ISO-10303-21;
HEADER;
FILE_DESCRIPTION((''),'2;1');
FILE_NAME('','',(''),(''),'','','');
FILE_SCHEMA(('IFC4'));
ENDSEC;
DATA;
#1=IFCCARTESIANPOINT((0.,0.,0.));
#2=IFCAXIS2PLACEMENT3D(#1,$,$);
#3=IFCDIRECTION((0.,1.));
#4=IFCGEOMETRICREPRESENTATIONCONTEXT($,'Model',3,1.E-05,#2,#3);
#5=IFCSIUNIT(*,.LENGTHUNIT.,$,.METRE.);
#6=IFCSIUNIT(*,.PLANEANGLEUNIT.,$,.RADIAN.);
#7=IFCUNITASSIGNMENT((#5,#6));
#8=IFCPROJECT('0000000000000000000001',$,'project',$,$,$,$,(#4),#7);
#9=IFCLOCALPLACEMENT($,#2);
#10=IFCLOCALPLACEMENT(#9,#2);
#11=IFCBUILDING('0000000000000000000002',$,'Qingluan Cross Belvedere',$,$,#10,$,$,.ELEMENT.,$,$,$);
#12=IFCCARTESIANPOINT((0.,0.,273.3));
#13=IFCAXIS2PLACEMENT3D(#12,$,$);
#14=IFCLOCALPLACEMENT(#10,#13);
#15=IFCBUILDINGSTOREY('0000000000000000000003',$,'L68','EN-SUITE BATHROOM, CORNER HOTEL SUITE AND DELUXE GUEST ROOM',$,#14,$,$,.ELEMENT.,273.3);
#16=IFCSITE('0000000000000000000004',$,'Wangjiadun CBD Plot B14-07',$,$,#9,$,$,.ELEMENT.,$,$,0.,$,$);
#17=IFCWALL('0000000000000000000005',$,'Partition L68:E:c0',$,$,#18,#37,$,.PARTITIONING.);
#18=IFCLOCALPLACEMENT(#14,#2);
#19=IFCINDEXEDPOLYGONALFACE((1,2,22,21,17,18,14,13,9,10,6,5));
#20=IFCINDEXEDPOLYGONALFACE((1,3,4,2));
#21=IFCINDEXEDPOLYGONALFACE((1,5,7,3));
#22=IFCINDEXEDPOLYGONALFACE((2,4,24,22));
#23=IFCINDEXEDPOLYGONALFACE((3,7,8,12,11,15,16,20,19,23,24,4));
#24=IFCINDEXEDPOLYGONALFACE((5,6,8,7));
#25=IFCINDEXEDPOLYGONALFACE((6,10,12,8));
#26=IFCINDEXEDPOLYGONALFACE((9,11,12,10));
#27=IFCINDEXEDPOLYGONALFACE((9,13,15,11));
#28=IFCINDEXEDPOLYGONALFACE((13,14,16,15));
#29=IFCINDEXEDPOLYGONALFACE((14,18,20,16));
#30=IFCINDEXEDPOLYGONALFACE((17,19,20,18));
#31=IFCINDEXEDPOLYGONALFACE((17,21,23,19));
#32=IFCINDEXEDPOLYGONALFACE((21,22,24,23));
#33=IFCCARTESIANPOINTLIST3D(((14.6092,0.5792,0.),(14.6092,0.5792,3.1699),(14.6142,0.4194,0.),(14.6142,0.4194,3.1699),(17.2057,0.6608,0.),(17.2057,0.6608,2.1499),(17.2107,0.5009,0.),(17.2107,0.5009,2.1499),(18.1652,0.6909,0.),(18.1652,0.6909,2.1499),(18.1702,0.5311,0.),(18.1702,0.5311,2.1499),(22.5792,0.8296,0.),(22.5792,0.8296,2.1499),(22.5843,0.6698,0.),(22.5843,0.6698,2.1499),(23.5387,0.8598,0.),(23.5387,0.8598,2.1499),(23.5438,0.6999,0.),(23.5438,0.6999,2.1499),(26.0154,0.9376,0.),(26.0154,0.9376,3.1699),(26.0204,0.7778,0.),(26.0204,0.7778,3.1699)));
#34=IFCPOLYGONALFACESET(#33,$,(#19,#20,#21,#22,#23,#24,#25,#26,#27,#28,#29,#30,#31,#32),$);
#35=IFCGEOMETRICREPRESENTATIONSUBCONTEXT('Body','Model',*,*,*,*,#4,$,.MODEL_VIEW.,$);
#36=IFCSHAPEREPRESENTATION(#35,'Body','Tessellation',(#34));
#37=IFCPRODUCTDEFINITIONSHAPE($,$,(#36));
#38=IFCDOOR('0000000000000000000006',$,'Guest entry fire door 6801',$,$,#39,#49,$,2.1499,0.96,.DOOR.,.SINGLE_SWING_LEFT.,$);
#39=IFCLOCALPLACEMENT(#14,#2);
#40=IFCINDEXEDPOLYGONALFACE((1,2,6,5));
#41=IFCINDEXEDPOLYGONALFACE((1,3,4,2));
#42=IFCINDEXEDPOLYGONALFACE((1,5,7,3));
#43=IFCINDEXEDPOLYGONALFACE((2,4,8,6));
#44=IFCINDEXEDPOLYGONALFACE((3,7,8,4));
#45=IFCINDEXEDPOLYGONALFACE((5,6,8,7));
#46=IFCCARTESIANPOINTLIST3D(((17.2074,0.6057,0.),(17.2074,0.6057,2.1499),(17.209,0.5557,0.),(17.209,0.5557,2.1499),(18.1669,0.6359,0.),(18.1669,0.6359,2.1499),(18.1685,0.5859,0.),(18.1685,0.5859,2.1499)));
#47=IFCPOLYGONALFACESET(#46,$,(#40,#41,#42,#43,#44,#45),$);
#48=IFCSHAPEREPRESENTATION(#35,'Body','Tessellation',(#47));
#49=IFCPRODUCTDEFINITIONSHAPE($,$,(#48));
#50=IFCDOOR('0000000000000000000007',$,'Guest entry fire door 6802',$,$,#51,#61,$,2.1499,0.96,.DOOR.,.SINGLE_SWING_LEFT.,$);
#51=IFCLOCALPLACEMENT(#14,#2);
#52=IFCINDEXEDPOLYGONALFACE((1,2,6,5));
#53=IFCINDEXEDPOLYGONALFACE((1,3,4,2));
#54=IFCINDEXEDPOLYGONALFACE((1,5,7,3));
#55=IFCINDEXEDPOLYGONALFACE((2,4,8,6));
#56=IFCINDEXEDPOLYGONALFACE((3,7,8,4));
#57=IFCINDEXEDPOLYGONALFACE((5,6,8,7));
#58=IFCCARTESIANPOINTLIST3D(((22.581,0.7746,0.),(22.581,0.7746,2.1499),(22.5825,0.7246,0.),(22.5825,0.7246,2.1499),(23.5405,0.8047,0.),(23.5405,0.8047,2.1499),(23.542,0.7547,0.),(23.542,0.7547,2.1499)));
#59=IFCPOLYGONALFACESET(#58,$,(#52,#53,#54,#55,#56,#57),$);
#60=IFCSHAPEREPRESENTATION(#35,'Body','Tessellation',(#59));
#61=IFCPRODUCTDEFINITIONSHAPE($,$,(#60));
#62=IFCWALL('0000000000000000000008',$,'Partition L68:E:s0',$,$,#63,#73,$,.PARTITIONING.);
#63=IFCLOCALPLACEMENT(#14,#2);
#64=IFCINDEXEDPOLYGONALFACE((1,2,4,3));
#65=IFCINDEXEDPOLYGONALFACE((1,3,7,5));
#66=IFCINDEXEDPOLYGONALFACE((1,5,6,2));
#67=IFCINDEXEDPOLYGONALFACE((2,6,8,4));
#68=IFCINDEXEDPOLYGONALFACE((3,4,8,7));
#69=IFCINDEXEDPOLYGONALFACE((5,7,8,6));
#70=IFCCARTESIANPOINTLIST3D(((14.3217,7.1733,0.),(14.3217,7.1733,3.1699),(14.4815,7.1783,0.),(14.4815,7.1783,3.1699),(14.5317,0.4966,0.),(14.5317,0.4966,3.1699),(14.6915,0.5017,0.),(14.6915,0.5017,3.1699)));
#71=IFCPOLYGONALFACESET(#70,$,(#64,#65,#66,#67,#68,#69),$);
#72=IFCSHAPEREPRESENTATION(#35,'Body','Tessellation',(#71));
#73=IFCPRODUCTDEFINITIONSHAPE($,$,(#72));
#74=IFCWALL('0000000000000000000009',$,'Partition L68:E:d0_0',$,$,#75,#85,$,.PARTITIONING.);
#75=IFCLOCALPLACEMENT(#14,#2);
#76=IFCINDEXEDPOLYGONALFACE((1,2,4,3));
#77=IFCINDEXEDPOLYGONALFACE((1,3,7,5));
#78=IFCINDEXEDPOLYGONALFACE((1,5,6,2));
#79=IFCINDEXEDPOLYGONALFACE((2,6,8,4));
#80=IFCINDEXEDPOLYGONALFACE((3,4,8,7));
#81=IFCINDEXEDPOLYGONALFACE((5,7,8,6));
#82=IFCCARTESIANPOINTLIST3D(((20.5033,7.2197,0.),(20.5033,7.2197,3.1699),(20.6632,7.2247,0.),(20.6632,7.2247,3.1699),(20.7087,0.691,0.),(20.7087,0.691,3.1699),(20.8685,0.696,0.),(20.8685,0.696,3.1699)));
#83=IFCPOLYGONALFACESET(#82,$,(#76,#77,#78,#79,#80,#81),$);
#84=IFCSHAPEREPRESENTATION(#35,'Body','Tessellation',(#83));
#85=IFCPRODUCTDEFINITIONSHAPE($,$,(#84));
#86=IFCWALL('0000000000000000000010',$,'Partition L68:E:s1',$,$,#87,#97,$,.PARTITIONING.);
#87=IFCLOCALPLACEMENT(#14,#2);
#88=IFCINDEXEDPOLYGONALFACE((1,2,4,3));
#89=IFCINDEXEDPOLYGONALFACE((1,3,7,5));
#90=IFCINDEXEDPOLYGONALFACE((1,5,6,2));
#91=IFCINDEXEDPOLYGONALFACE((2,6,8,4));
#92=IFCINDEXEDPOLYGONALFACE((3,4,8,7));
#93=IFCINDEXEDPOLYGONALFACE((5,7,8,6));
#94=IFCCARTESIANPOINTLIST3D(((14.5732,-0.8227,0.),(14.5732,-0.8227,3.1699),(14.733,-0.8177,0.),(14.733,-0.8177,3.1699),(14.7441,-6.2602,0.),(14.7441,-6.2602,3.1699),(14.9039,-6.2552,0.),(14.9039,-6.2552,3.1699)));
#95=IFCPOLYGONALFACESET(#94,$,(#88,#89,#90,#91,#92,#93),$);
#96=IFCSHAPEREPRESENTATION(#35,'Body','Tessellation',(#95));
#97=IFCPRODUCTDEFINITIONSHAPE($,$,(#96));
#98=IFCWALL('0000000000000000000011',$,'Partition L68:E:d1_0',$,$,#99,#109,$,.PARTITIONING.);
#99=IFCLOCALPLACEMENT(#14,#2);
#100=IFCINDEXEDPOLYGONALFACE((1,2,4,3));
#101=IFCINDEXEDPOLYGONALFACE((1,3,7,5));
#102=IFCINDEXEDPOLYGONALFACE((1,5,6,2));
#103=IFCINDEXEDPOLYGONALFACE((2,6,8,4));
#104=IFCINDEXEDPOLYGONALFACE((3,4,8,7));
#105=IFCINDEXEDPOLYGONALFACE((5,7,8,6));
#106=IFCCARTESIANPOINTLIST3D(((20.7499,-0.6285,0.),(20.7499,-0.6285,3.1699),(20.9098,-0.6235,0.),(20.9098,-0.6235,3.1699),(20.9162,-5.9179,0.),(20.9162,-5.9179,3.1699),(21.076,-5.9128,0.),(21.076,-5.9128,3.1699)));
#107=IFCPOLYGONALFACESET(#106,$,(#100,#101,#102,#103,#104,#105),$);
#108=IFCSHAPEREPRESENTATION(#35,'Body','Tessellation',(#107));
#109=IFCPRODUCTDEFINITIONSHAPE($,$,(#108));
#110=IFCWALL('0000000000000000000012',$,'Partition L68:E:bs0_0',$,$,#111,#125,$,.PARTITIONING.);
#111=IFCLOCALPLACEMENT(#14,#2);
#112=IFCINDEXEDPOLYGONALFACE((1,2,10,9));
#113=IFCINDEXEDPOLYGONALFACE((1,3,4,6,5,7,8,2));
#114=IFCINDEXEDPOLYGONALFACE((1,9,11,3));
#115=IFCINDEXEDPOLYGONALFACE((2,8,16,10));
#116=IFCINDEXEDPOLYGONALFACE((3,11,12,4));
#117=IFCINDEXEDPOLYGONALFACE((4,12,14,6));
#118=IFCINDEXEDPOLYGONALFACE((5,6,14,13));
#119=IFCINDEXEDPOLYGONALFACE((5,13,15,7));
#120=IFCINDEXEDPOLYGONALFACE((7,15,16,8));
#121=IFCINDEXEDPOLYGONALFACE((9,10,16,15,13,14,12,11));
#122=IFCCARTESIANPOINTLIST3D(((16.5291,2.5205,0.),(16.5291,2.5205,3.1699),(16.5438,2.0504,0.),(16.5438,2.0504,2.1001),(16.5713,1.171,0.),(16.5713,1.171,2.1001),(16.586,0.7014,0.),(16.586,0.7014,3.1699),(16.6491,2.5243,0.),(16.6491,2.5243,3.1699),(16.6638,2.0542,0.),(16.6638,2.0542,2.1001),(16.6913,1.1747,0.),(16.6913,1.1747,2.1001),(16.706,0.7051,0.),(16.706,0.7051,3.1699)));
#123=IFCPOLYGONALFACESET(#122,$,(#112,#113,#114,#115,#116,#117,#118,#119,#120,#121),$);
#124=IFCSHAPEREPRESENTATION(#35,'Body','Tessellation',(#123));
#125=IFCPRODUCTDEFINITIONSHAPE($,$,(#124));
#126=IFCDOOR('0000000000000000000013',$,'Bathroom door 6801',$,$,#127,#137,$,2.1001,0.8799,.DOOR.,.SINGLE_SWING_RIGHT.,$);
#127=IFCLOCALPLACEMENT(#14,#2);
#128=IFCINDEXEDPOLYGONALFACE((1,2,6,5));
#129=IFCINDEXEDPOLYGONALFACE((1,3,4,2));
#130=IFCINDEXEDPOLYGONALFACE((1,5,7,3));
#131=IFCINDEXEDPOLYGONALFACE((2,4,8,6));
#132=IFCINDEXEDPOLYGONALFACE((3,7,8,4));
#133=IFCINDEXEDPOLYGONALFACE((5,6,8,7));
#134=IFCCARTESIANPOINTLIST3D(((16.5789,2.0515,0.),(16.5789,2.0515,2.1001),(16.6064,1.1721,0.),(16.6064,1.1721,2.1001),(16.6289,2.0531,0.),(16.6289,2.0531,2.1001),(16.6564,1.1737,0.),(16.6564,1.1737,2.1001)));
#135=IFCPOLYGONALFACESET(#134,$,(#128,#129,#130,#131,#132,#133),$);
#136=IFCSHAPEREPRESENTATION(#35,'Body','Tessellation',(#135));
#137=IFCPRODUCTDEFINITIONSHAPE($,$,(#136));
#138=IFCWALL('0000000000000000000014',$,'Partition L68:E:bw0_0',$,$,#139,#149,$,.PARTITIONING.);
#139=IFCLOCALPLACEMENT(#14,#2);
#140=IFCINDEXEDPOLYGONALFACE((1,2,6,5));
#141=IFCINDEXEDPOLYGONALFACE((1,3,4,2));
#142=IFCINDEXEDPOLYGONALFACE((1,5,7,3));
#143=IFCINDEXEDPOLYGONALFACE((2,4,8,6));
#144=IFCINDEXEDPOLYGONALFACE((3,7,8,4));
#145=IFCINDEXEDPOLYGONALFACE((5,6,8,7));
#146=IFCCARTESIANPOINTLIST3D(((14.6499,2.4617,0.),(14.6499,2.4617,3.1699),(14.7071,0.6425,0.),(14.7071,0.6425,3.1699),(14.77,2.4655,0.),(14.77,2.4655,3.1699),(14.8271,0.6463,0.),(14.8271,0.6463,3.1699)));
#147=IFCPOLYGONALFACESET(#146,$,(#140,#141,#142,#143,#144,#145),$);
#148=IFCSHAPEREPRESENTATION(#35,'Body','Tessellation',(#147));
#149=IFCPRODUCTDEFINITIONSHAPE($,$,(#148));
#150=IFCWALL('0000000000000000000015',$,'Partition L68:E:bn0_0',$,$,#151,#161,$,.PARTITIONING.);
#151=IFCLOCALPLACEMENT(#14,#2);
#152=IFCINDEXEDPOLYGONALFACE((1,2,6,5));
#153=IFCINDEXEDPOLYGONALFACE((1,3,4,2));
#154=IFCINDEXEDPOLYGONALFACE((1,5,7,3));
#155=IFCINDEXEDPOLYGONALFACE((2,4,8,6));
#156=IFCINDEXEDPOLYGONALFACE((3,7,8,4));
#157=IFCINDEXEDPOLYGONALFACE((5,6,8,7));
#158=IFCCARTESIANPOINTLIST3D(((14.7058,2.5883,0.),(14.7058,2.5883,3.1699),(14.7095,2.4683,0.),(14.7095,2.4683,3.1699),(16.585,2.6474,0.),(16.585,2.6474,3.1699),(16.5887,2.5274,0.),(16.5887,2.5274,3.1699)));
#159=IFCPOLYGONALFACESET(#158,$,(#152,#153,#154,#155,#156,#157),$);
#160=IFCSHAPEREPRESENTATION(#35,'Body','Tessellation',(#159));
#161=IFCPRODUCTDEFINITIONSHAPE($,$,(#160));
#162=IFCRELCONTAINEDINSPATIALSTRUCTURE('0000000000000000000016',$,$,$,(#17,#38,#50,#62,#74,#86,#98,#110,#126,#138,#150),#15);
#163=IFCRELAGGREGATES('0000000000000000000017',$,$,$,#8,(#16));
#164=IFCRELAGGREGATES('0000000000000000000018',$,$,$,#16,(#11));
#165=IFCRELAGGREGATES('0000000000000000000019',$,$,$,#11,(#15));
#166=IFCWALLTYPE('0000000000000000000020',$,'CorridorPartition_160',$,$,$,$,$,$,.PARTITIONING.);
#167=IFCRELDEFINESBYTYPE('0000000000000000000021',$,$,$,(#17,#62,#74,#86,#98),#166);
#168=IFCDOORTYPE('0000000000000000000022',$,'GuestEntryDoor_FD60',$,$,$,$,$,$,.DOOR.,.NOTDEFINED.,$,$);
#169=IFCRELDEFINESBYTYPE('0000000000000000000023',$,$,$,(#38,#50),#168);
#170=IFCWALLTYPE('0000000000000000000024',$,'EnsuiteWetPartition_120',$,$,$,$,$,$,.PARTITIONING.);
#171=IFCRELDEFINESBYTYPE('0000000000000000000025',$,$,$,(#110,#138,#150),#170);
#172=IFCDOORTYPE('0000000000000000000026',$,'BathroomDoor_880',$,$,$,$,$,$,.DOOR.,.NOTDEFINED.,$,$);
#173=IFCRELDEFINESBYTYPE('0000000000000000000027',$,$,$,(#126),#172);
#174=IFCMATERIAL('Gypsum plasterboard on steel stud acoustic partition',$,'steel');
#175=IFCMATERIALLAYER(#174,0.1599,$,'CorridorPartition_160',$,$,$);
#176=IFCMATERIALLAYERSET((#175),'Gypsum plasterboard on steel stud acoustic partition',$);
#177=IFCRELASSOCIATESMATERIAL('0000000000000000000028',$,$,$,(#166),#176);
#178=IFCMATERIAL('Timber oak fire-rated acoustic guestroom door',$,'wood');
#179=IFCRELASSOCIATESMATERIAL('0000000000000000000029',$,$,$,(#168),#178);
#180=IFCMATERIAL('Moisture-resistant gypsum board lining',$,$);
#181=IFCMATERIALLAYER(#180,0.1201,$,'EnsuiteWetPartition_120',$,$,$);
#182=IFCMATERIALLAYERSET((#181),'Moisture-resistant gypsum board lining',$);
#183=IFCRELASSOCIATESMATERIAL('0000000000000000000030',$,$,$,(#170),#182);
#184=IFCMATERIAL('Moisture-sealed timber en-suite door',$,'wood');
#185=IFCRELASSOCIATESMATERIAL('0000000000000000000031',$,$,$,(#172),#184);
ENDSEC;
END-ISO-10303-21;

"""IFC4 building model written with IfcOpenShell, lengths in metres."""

from ifc_helpers import new_model, si_unit, direction, frame, frame_2d, origin, place, context, subcontext, project, spatial, rectangle, extrude, material, layer, layer_set, type_object, element, fill, save


model = new_model("IFC4")

# Units and contexts
model_context = context("Model", 3, precision=1e-05, world=origin(), true_north=direction((0.0, 1.0)))
body_context = subcontext(model_context, "Body", "Model", "MODEL_VIEW")
ifc_project = project(units=[si_unit("LENGTHUNIT", "METRE"), si_unit("PLANEANGLEUNIT", "RADIAN")], contexts=[model_context])

# Site, building, storey
site_placement = place(None, origin())
site = spatial("IfcSite", under=ifc_project, at=site_placement, Name="Wangjiadun CBD Plot B14-07", CompositionType="ELEMENT", RefElevation=0.0)
building_placement = place(site_placement, origin())
building = spatial("IfcBuilding", under=site, at=building_placement, Name="Qingluan Cross Belvedere", CompositionType="ELEMENT")
storey_placement = place(building_placement, frame((0.0, 0.0, 273.3)))
storey = spatial("IfcBuildingStorey", under=building, at=storey_placement, Name="L68", Description="EN-SUITE BATHROOM, CORNER HOTEL SUITE AND DELUXE GUEST ROOM", CompositionType="ELEMENT", Elevation=273.3)

# Shared definitions
ifc_material_1 = material(Name="Gypsum plasterboard on steel stud acoustic partition", Category="steel")
ifc_layer_1 = layer(ifc_material_1, 0.1599, Name="CorridorPartition_160")
ifc_layer_set_1 = layer_set([ifc_layer_1], Name="Gypsum plasterboard on steel stud acoustic partition")
wall_type_1 = type_object("IfcWallType", Name="CorridorPartition_160", PredefinedType="PARTITIONING", material=ifc_layer_set_1)

# Wall, openings, doors
wall_1_placement = place(storey_placement, frame((14.6116, 0.4993, 0.0), z_axis=(0.0, 0.0, 1.0), x_axis=(0.999507, 0.031406, 0.0)))
wall_1 = element("IfcWall", 1, at=wall_1_placement, inside=storey, type_object=wall_type_1, Name="Partition L68:E:c0", PredefinedType="PARTITIONING", context=body_context, shape_type="SweptSolid", body=[
    extrude(rectangle(XDim=11.4119, YDim=0.1599, at=frame_2d((5.7061, 0.0))), origin(), (0.0, 0.0, 1.0), 3.1699),
])
opening_1_placement = place(wall_1_placement, frame((2.5979, 0.0, 0.0)))
opening_1 = element("IfcOpeningElement", 2, at=opening_1_placement, cuts=wall_1, PredefinedType="OPENING", context=body_context, shape_type="SweptSolid", body=[
    extrude(rectangle(XDim=0.96, YDim=2.1499, at=frame_2d((0.48, 1.075))), frame((0.0, 0.0898, 0.0), z_axis=(0.0, -1.0, 0.0), x_axis=(1.0, 0.0, 0.0)), (0.0, 0.0, 1.0), 0.1799),
])
opening_2_placement = place(wall_1_placement, frame((7.9741, 0.0, 0.0)))
opening_2 = element("IfcOpeningElement", 3, at=opening_2_placement, cuts=wall_1, PredefinedType="OPENING", context=body_context, shape_type="SweptSolid", body=[
    extrude(rectangle(XDim=0.96, YDim=2.1499, at=frame_2d((0.48, 1.075))), frame((0.0, 0.0898, 0.0), z_axis=(0.0, -1.0, 0.0), x_axis=(1.0, 0.0, 0.0)), (0.0, 0.0, 1.0), 0.1799),
])
ifc_material_2 = material(Name="Timber oak fire-rated acoustic guestroom door", Category="wood")
door_type_1 = type_object("IfcDoorType", Name="GuestEntryDoor_FD60", OperationType="NOTDEFINED", PredefinedType="DOOR", material=ifc_material_2)
door_1_placement = place(opening_1_placement, origin())
door_1 = element("IfcDoor", 4, at=door_1_placement, inside=storey, type_object=door_type_1, Name="Guest entry fire door 6801", OperationType="SINGLE_SWING_LEFT", OverallHeight=2.1499, OverallWidth=0.96, PredefinedType="DOOR", context=body_context, shape_type="SweptSolid", body=[
    extrude(rectangle(XDim=0.96, YDim=2.1499, at=frame_2d((0.48, 1.075))), frame((0.0, 0.0249, 0.0), z_axis=(0.0, -1.0, 0.0), x_axis=(1.0, 0.0, 0.0)), (0.0, 0.0, 1.0), 0.05),
])
fill(opening_1, door_1)
door_2_placement = place(opening_2_placement, origin())
door_2 = element("IfcDoor", 5, at=door_2_placement, inside=storey, type_object=door_type_1, Name="Guest entry fire door 6802", OperationType="SINGLE_SWING_LEFT", OverallHeight=2.1499, OverallWidth=0.96, PredefinedType="DOOR", context=body_context, shape_type="SweptSolid", body=[
    extrude(rectangle(XDim=0.96, YDim=2.1499, at=frame_2d((0.48, 1.075))), frame((0.0, 0.0249, 0.0), z_axis=(0.0, -1.0, 0.0), x_axis=(1.0, 0.0, 0.0)), (0.0, 0.0, 1.0), 0.05),
])
fill(opening_2, door_2)

# Walls
wall_2_placement = place(storey_placement, frame((14.6116, 0.4993, 0.0), z_axis=(0.0, 0.0, 1.0), x_axis=(-0.031432, 0.999506, 0.0)))
element("IfcWall", 6, at=wall_2_placement, inside=storey, type_object=wall_type_1, Name="Partition L68:E:s0", PredefinedType="PARTITIONING", context=body_context, shape_type="SweptSolid", body=[
    extrude(rectangle(XDim=6.6799, YDim=0.1599, at=frame_2d((3.3398, 0.0))), origin(), (0.0, 0.0, 1.0), 3.1699),
])
wall_3_placement = place(storey_placement, frame((20.7886, 0.6934, 0.0), z_axis=(0.0, 0.0, 1.0), x_axis=(-0.031433, 0.999506, 0.0)))
element("IfcWall", 7, at=wall_3_placement, inside=storey, type_object=wall_type_1, Name="Partition L68:E:d0_0", PredefinedType="PARTITIONING", context=body_context, shape_type="SweptSolid", body=[
    extrude(rectangle(XDim=6.532, YDim=0.1599, at=frame_2d((3.2661, 0.0))), origin(), (0.0, 0.0, 1.0), 3.1699),
])
wall_4_placement = place(storey_placement, frame((14.6531, -0.8201, 0.0), z_axis=(0.0, 0.0, 1.0), x_axis=(0.031414, -0.999506, 0.0)))
element("IfcWall", 8, at=wall_4_placement, inside=storey, type_object=wall_type_1, Name="Partition L68:E:s1", PredefinedType="PARTITIONING", context=body_context, shape_type="SweptSolid", body=[
    extrude(rectangle(XDim=5.4402, YDim=0.1599, at=frame_2d((2.7202, 0.0))), origin(), (0.0, 0.0, 1.0), 3.1699),
])
wall_5_placement = place(storey_placement, frame((20.8298, -0.626, 0.0), z_axis=(0.0, 0.0, 1.0), x_axis=(0.031418, -0.999506, 0.0)))
element("IfcWall", 9, at=wall_5_placement, inside=storey, type_object=wall_type_1, Name="Partition L68:E:d1_0", PredefinedType="PARTITIONING", context=body_context, shape_type="SweptSolid", body=[
    extrude(rectangle(XDim=5.292, YDim=0.1599, at=frame_2d((2.646, 0.0))), origin(), (0.0, 0.0, 1.0), 3.1699),
])

# Wall, opening, door
ifc_material_3 = material(Name="Moisture-resistant gypsum board lining")
ifc_layer_2 = layer(ifc_material_3, 0.1201, Name="EnsuiteWetPartition_120")
ifc_layer_set_2 = layer_set([ifc_layer_2], Name="Moisture-resistant gypsum board lining")
wall_type_2 = type_object("IfcWallType", Name="EnsuiteWetPartition_120", PredefinedType="PARTITIONING", material=ifc_layer_set_2)
wall_6_placement = place(storey_placement, frame((16.646, 0.7031, 0.0), z_axis=(0.0, 0.0, 1.0), x_axis=(-0.031256, 0.999511, 0.0)))
wall_6 = element("IfcWall", 10, at=wall_6_placement, inside=storey, type_object=wall_type_2, Name="Partition L68:E:bs0_0", PredefinedType="PARTITIONING", context=body_context, shape_type="SweptSolid", body=[
    extrude(rectangle(XDim=1.8201, YDim=0.1201, at=frame_2d((0.9102, 0.0))), origin(), (0.0, 0.0, 1.0), 3.1699),
])
opening_3_placement = place(wall_6_placement, frame((0.47, 0.0, 0.0)))
opening_3 = element("IfcOpeningElement", 11, at=opening_3_placement, cuts=wall_6, PredefinedType="OPENING", context=body_context, shape_type="SweptSolid", body=[
    extrude(rectangle(XDim=0.8799, YDim=2.1001, at=frame_2d((0.4399, 1.05))), frame((0.0, 0.0701, 0.0), z_axis=(0.0, -1.0, 0.0), x_axis=(1.0, 0.0, 0.0)), (0.0, 0.0, 1.0), 0.1401),
])
ifc_material_4 = material(Name="Moisture-sealed timber en-suite door", Category="wood")
door_type_2 = type_object("IfcDoorType", Name="BathroomDoor_880", OperationType="NOTDEFINED", PredefinedType="DOOR", material=ifc_material_4)
door_3_placement = place(opening_3_placement, origin())
door_3 = element("IfcDoor", 12, at=door_3_placement, inside=storey, type_object=door_type_2, Name="Bathroom door 6801", OperationType="SINGLE_SWING_RIGHT", OverallHeight=2.1001, OverallWidth=0.8799, PredefinedType="DOOR", context=body_context, shape_type="SweptSolid", body=[
    extrude(rectangle(XDim=0.8799, YDim=2.1001, at=frame_2d((0.4399, 1.05))), frame((0.0, 0.0249, 0.0), z_axis=(0.0, -1.0, 0.0), x_axis=(1.0, 0.0, 0.0)), (0.0, 0.0, 1.0), 0.05),
])
fill(opening_3, door_3)

# Walls
wall_7_placement = place(storey_placement, frame((14.7671, 0.6443, 0.0), z_axis=(0.0, 0.0, 1.0), x_axis=(-0.03139, 0.999507, 0.0)))
element("IfcWall", 13, at=wall_7_placement, inside=storey, type_object=wall_type_2, Name="Partition L68:E:bw0_0", PredefinedType="PARTITIONING", context=body_context, shape_type="SweptSolid", body=[
    extrude(rectangle(XDim=1.8201, YDim=0.1201, at=frame_2d((0.9102, 0.0))), origin(), (0.0, 0.0, 1.0), 3.1699),
])
wall_8_placement = place(storey_placement, frame((14.7078, 2.5283, 0.0), z_axis=(0.0, 0.0, 1.0), x_axis=(0.999506, 0.031425, 0.0)))
element("IfcWall", 14, at=wall_8_placement, inside=storey, type_object=wall_type_2, Name="Partition L68:E:bn0_0", PredefinedType="PARTITIONING", context=body_context, shape_type="SweptSolid", body=[
    extrude(rectangle(XDim=1.8801, YDim=0.1201, at=frame_2d((0.9399, 0.0))), origin(), (0.0, 0.0, 1.0), 3.1699),
])

save(model, "model.ifc")
